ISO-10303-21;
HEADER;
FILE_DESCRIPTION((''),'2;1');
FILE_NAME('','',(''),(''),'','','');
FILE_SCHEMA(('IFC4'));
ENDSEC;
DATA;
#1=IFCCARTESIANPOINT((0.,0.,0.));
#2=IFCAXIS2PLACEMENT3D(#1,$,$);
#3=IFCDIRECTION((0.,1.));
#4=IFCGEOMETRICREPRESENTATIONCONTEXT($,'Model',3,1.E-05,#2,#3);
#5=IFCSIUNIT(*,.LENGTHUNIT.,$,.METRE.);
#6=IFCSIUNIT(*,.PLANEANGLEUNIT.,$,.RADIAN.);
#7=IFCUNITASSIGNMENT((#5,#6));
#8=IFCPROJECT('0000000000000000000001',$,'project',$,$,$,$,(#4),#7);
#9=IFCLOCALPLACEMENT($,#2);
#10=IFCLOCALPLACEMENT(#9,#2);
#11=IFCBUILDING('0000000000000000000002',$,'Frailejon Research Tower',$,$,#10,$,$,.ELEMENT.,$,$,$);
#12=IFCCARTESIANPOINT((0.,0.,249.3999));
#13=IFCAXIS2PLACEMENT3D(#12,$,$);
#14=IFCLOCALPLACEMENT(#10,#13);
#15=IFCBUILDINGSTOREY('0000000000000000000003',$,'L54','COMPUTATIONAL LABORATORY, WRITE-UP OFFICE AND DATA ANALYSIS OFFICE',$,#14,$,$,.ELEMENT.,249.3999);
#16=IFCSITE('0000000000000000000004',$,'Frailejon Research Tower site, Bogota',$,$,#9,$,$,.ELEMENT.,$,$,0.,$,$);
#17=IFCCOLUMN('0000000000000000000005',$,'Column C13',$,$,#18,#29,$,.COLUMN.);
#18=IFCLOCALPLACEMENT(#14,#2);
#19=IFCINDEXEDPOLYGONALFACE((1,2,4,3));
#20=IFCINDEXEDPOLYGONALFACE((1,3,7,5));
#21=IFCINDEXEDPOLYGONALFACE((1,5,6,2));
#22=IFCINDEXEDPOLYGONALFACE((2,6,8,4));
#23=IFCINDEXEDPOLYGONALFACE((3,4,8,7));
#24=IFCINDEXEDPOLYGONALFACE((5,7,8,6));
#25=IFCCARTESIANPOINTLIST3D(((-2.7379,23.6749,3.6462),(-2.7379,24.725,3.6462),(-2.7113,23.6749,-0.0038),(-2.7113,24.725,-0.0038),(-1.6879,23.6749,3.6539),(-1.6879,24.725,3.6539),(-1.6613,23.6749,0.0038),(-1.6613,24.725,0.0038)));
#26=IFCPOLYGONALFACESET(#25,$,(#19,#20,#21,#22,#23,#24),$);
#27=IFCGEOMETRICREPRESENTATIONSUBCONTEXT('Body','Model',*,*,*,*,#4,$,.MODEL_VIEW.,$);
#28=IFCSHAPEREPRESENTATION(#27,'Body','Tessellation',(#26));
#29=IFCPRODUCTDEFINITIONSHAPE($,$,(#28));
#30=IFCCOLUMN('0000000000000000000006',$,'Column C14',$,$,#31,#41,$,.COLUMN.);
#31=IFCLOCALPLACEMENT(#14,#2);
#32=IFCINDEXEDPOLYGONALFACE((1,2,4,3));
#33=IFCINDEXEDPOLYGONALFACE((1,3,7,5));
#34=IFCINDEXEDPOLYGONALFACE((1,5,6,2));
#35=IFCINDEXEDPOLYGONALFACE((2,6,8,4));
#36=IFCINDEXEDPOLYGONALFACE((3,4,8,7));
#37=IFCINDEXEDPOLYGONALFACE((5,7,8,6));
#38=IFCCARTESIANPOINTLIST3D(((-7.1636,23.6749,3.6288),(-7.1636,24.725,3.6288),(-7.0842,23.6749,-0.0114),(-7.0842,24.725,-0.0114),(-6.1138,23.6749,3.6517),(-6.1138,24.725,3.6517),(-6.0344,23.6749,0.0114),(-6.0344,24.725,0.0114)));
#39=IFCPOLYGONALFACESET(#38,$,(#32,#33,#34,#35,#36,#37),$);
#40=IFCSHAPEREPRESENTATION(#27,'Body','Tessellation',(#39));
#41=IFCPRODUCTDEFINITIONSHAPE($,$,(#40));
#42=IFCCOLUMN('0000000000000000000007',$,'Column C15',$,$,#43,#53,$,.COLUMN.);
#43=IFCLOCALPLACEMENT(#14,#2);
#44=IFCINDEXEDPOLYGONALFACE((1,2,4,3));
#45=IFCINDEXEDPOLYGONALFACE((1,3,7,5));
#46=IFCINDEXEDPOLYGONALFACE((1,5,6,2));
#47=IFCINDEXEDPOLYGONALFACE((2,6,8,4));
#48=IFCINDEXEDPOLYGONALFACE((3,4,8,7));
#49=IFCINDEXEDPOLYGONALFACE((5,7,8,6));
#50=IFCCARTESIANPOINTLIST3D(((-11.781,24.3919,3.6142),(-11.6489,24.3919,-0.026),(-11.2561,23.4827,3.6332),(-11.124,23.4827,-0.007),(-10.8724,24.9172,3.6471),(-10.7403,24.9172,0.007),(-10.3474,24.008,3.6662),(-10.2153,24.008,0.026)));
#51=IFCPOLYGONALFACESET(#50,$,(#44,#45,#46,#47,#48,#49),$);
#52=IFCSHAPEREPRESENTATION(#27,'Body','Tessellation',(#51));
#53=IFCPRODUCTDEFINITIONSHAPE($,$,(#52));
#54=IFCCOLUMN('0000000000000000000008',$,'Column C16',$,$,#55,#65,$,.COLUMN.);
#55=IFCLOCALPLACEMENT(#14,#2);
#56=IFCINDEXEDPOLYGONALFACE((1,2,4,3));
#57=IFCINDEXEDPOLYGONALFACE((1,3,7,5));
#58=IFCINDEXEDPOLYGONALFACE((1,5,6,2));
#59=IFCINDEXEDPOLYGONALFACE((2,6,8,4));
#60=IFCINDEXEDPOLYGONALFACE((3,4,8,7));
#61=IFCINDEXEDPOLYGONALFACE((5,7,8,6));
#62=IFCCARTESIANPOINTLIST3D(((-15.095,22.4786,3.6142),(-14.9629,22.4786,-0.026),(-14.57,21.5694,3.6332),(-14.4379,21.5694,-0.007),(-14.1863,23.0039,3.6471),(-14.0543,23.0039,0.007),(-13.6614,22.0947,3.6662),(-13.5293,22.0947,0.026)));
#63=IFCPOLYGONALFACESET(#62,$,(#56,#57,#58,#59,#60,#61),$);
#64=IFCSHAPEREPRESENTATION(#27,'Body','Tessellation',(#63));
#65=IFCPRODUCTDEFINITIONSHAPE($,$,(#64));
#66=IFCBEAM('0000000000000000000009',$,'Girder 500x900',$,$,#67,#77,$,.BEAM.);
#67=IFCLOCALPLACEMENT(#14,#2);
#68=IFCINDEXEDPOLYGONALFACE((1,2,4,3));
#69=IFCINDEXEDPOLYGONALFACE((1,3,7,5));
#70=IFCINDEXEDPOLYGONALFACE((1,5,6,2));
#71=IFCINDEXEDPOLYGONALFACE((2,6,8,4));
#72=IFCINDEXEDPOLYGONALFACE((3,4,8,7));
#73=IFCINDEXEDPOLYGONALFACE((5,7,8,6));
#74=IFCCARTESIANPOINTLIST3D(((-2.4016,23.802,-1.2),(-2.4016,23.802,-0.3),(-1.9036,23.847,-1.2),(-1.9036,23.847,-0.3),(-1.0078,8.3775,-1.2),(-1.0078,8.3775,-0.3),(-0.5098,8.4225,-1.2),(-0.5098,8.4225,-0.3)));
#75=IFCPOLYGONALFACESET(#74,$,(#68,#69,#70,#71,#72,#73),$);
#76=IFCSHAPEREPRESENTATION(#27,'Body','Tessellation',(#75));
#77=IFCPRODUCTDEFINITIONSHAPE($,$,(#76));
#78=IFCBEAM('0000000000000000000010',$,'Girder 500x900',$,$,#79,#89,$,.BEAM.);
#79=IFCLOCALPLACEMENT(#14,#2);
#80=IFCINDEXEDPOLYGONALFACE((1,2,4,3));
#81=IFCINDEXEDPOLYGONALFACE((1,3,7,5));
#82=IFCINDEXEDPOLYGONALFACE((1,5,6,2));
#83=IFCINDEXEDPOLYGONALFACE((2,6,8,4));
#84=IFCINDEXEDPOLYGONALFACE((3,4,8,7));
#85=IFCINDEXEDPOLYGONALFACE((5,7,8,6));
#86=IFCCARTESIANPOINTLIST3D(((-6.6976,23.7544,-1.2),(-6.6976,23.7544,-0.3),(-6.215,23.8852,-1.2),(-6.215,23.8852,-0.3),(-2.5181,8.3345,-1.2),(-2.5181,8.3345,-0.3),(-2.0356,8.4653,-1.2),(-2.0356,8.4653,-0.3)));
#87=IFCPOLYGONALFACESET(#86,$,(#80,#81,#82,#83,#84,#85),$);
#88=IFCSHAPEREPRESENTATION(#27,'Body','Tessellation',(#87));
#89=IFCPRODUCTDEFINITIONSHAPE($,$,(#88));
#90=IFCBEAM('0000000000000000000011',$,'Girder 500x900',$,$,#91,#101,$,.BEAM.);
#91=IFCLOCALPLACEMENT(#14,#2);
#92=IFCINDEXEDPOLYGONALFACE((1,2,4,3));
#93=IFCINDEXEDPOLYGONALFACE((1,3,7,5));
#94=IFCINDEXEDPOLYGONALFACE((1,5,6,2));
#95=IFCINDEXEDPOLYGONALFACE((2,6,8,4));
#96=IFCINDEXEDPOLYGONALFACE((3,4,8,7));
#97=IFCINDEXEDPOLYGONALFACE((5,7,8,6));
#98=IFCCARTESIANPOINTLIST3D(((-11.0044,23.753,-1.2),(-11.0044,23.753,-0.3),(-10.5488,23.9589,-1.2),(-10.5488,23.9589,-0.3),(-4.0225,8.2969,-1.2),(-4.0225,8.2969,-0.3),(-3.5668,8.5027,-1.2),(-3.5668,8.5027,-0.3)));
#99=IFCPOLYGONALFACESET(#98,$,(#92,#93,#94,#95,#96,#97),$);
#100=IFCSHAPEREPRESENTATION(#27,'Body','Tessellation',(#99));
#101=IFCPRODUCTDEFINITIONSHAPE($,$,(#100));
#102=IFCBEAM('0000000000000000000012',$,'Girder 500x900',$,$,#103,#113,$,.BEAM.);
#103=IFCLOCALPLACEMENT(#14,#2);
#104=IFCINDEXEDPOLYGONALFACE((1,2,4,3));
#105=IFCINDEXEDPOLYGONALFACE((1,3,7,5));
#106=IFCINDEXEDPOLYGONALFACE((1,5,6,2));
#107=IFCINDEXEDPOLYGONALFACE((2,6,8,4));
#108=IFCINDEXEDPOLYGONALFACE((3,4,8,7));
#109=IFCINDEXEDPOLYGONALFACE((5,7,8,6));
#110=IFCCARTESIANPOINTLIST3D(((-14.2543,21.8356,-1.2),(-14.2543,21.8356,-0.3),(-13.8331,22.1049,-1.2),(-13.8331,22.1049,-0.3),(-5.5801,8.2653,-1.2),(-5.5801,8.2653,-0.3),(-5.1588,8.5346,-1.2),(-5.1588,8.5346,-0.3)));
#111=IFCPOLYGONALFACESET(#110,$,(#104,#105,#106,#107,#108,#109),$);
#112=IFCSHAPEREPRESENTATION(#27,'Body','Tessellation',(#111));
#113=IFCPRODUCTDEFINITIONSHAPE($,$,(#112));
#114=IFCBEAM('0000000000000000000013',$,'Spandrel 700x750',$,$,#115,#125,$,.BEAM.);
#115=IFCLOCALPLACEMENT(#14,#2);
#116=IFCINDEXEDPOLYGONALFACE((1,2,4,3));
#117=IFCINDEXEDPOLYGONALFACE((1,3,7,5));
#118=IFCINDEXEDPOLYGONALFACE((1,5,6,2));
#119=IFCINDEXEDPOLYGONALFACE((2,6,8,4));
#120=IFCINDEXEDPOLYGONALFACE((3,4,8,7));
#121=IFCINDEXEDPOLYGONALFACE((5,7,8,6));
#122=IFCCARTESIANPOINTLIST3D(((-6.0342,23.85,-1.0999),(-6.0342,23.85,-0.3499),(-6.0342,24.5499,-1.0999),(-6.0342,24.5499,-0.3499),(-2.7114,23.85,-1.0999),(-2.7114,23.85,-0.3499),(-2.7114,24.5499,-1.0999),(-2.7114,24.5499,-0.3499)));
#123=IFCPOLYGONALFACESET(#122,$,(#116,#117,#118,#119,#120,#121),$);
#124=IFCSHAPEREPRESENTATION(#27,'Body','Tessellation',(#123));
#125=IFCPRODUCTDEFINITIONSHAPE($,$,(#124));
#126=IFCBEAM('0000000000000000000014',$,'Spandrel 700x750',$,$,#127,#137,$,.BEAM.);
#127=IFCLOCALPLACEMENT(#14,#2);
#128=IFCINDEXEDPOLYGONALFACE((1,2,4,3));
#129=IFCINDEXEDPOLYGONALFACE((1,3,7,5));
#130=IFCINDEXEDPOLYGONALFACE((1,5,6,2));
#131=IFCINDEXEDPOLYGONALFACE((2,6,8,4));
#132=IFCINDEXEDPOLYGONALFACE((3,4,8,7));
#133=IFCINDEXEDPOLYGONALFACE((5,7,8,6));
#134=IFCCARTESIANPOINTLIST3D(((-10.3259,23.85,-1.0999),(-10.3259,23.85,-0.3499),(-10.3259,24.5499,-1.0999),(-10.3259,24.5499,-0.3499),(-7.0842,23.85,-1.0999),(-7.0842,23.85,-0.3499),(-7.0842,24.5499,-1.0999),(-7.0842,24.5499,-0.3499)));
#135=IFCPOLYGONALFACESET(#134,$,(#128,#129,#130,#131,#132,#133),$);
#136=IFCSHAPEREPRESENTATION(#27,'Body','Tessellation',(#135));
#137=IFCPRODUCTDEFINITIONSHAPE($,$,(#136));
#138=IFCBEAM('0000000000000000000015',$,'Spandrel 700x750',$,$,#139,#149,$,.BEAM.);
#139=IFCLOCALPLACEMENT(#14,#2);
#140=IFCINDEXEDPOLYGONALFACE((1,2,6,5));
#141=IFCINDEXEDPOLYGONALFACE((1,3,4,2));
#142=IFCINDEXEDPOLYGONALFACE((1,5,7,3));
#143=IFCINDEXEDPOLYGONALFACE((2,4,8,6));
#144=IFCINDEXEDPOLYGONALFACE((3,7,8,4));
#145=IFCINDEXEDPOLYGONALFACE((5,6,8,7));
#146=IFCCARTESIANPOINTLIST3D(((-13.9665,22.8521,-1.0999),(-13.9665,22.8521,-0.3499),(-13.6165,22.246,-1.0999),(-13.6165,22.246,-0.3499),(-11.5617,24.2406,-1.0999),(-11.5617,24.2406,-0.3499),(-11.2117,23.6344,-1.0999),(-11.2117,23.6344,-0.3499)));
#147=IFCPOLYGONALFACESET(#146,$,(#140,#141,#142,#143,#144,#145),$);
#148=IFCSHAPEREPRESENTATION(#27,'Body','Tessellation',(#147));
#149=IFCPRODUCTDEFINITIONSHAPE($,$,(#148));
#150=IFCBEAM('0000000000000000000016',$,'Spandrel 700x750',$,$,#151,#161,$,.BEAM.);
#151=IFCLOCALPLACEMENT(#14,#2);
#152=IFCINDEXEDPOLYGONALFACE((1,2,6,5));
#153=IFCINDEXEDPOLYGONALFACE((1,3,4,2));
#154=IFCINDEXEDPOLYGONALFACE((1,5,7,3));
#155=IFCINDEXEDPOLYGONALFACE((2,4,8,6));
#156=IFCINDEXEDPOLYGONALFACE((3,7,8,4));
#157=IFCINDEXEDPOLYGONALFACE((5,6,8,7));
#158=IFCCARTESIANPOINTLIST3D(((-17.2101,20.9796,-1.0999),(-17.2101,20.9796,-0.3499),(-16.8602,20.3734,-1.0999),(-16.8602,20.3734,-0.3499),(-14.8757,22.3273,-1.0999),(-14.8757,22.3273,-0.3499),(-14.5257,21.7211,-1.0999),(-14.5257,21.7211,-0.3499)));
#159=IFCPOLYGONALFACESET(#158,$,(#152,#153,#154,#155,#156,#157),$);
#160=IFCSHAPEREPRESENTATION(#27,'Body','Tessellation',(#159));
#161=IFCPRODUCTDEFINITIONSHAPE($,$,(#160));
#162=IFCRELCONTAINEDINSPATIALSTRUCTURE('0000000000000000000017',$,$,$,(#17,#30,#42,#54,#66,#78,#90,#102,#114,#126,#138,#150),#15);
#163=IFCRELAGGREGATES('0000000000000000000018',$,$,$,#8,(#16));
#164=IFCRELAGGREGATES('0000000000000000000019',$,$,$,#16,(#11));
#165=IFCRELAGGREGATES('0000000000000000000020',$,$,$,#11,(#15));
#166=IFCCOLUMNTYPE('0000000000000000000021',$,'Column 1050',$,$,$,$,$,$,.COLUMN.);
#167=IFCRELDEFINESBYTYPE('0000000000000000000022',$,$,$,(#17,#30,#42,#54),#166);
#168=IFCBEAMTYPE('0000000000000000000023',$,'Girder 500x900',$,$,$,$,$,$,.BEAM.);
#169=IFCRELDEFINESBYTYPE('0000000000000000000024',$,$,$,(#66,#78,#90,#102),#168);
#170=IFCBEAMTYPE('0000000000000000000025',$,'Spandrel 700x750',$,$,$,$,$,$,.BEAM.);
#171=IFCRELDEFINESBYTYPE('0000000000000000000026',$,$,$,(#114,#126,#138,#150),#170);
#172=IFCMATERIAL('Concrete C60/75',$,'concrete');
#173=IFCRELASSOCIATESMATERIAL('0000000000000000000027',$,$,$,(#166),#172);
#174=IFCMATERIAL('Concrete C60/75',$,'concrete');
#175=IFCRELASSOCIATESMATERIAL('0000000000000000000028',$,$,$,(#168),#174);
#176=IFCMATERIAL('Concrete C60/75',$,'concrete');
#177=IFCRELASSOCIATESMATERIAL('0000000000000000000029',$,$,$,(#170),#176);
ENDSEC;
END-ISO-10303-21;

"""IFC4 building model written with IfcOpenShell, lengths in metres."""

from ifc_helpers import new_model, si_unit, direction, frame, origin, origin_2d, place, context, subcontext, project, spatial, rectangle, extrude, material, material_profile, profile_set, type_object, element, save


model = new_model("IFC4")

# Units and contexts
model_context = context("Model", 3, precision=1e-05, world=origin(), true_north=direction((0.0, 1.0)))
body_context = subcontext(model_context, "Body", "Model", "MODEL_VIEW")
ifc_project = project(units=[si_unit("LENGTHUNIT", "METRE"), si_unit("PLANEANGLEUNIT", "RADIAN")], contexts=[model_context])

# Site, building, storey
site_placement = place(None, origin())
site = spatial("IfcSite", under=ifc_project, at=site_placement, Name="Frailejon Research Tower site, Bogota", CompositionType="ELEMENT", RefElevation=0.0)
building_placement = place(site_placement, origin())
building = spatial("IfcBuilding", under=site, at=building_placement, Name="Frailejon Research Tower", CompositionType="ELEMENT")
storey_placement = place(building_placement, frame((0.0, 0.0, 249.3999)))
storey = spatial("IfcBuildingStorey", under=building, at=storey_placement, Name="L54", Description="COMPUTATIONAL LABORATORY, WRITE-UP OFFICE AND DATA ANALYSIS OFFICE", CompositionType="ELEMENT", Elevation=249.3999)

# Columns
ifc_material_1 = material(Name="Concrete C60/75", Category="concrete")
ifc_material_profile_1 = material_profile(ifc_material_1, rectangle(XDim=1.05, YDim=1.05, at=origin_2d()), Name="Column 1050")
ifc_profile_set_1 = profile_set([ifc_material_profile_1], Name="Concrete C60/75")
column_type = type_object("IfcColumnType", Name="Column 1050", PredefinedType="COLUMN", material=ifc_profile_set_1)
column_1_placement = place(storey_placement, frame((-2.1863, 24.2, 0.0), z_axis=(-0.00729, 0.0, 0.999973), x_axis=(-0.999973, 0.0, -0.00729)))
element("IfcColumn", 1, at=column_1_placement, inside=storey, type_object=column_type, Name="Column C13", PredefinedType="COLUMN", context=body_context, shape_type="SweptSolid", body=[
    extrude(rectangle(XDim=1.05, YDim=1.05, at=origin_2d()), origin(), (0.0, 0.0, 1.0), 3.6501),
])
column_2_placement = place(storey_placement, frame((-6.5593, 24.2, 0.0), z_axis=(-0.021792, 0.0, 0.999763), x_axis=(-0.999763, 0.0, -0.021792)))
element("IfcColumn", 2, at=column_2_placement, inside=storey, type_object=column_type, Name="Column C14", PredefinedType="COLUMN", context=body_context, shape_type="SweptSolid", body=[
    extrude(rectangle(XDim=1.05, YDim=1.05, at=origin_2d()), origin(), (0.0, 0.0, 1.0), 3.6411),
])
for number, where, z_axis, x_axis, name in (
    (3, (-10.9321, 24.2, 0.0), (-0.036261, 0.0, 0.999342), (-0.865314, -0.500246, -0.031397), "Column C15"),
    (4, (-14.2461, 22.2866, 0.0), (-0.036261, 0.0, 0.999342), (-0.865314, -0.500246, -0.031397), "Column C16"),
):
    element("IfcColumn", number, at=place(storey_placement, frame(where, z_axis=z_axis, x_axis=x_axis)), inside=storey, type_object=column_type, Name=name, PredefinedType="COLUMN", context=body_context, shape_type="SweptSolid", body=[
        extrude(rectangle(XDim=1.05, YDim=1.05, at=origin_2d()), origin(), (0.0, 0.0, 1.0), 3.6426),
    ])

# Beams
ifc_material_2 = material(Name="Concrete C60/75", Category="concrete")
ifc_material_profile_2 = material_profile(ifc_material_2, rectangle(XDim=0.5, YDim=0.8999, at=origin_2d()), Name="Girder 500x900")
ifc_profile_set_2 = profile_set([ifc_material_profile_2], Name="Concrete C60/75")
beam_type_1 = type_object("IfcBeamType", Name="Girder 500x900", PredefinedType="BEAM", material=ifc_profile_set_2)
beam_1_placement = place(storey_placement, frame((-2.1526, 23.8245, -0.75), z_axis=(0.089996, -0.995942, 0.0), x_axis=(0.995942, 0.089996, 0.0)))
element("IfcBeam", 5, at=beam_1_placement, inside=storey, type_object=beam_type_1, Name="Girder 500x900", PredefinedType="BEAM", context=body_context, shape_type="SweptSolid", body=[
    extrude(rectangle(XDim=0.5, YDim=0.8999, at=origin_2d()), origin(), (0.0, 0.0, 1.0), 15.4873),
])
beam_2_placement = place(storey_placement, frame((-6.4563, 23.8198, -0.75), z_axis=(0.261603, -0.965176, 0.0), x_axis=(0.965176, 0.261603, 0.0)))
element("IfcBeam", 6, at=beam_2_placement, inside=storey, type_object=beam_type_1, Name="Girder 500x900", PredefinedType="BEAM", context=body_context, shape_type="SweptSolid", body=[
    extrude(rectangle(XDim=0.5, YDim=0.8999, at=origin_2d()), origin(), (0.0, 0.0, 1.0), 15.9763),
])
beam_3_placement = place(storey_placement, frame((-10.7766, 23.856, -0.75), z_axis=(0.411674, -0.911331, 0.0), x_axis=(0.911331, 0.411674, 0.0)))
element("IfcBeam", 7, at=beam_3_placement, inside=storey, type_object=beam_type_1, Name="Girder 500x900", PredefinedType="BEAM", context=body_context, shape_type="SweptSolid", body=[
    extrude(rectangle(XDim=0.5, YDim=0.8999, at=origin_2d()), origin(), (0.0, 0.0, 1.0), 16.96),
])
beam_4_placement = place(storey_placement, frame((-14.0437, 21.9702, -0.75), z_axis=(0.538583, -0.842572, 0.0), x_axis=(0.842572, 0.538583, 0.0)))
element("IfcBeam", 8, at=beam_4_placement, inside=storey, type_object=beam_type_1, Name="Girder 500x900", PredefinedType="BEAM", context=body_context, shape_type="SweptSolid", body=[
    extrude(rectangle(XDim=0.5, YDim=0.8999, at=origin_2d()), origin(), (0.0, 0.0, 1.0), 16.1057),
])
ifc_material_3 = material(Name="Concrete C60/75", Category="concrete")
ifc_material_profile_3 = material_profile(ifc_material_3, rectangle(XDim=0.7, YDim=0.75, at=origin_2d()), Name="Spandrel 700x750")
ifc_profile_set_3 = profile_set([ifc_material_profile_3], Name="Concrete C60/75")
beam_type_2 = type_object("IfcBeamType", Name="Spandrel 700x750", PredefinedType="BEAM", material=ifc_profile_set_3)
beam_5_placement = place(storey_placement, frame((-2.7114, 24.2, -0.7249), z_axis=(-1.0, 0.0, 0.0), x_axis=(0.0, -1.0, 0.0)))
element("IfcBeam", 9, at=beam_5_placement, inside=storey, type_object=beam_type_2, Name="Spandrel 700x750", PredefinedType="BEAM", context=body_context, shape_type="SweptSolid", body=[
    extrude(rectangle(XDim=0.7, YDim=0.75, at=origin_2d()), origin(), (0.0, 0.0, 1.0), 3.3228),
])
beam_6_placement = place(storey_placement, frame((-7.0842, 24.2, -0.7249), z_axis=(-1.0, 0.0, 0.0), x_axis=(0.0, -1.0, 0.0)))
element("IfcBeam", 10, at=beam_6_placement, inside=storey, type_object=beam_type_2, Name="Spandrel 700x750", PredefinedType="BEAM", context=body_context, shape_type="SweptSolid", body=[
    extrude(rectangle(XDim=0.7, YDim=0.75, at=origin_2d()), origin(), (0.0, 0.0, 1.0), 3.2417),
])
beam_7_placement = place(storey_placement, frame((-11.3867, 23.9375, -0.7249), z_axis=(-0.866022, -0.500007, 0.0), x_axis=(0.500007, -0.866022, 0.0)))
element("IfcBeam", 11, at=beam_7_placement, inside=storey, type_object=beam_type_2, Name="Spandrel 700x750", PredefinedType="BEAM", context=body_context, shape_type="SweptSolid", body=[
    extrude(rectangle(XDim=0.7, YDim=0.75, at=origin_2d()), origin(), (0.0, 0.0, 1.0), 2.7769),
])
beam_8_placement = place(storey_placement, frame((-14.7007, 22.0242, -0.7249), z_axis=(-0.86605, -0.499958, 0.0), x_axis=(0.499958, -0.86605, 0.0)))
element("IfcBeam", 12, at=beam_8_placement, inside=storey, type_object=beam_type_2, Name="Spandrel 700x750", PredefinedType="BEAM", context=body_context, shape_type="SweptSolid", body=[
    extrude(rectangle(XDim=0.7, YDim=0.75, at=origin_2d()), origin(), (0.0, 0.0, 1.0), 2.6956),
])

save(model, "model.ifc")
